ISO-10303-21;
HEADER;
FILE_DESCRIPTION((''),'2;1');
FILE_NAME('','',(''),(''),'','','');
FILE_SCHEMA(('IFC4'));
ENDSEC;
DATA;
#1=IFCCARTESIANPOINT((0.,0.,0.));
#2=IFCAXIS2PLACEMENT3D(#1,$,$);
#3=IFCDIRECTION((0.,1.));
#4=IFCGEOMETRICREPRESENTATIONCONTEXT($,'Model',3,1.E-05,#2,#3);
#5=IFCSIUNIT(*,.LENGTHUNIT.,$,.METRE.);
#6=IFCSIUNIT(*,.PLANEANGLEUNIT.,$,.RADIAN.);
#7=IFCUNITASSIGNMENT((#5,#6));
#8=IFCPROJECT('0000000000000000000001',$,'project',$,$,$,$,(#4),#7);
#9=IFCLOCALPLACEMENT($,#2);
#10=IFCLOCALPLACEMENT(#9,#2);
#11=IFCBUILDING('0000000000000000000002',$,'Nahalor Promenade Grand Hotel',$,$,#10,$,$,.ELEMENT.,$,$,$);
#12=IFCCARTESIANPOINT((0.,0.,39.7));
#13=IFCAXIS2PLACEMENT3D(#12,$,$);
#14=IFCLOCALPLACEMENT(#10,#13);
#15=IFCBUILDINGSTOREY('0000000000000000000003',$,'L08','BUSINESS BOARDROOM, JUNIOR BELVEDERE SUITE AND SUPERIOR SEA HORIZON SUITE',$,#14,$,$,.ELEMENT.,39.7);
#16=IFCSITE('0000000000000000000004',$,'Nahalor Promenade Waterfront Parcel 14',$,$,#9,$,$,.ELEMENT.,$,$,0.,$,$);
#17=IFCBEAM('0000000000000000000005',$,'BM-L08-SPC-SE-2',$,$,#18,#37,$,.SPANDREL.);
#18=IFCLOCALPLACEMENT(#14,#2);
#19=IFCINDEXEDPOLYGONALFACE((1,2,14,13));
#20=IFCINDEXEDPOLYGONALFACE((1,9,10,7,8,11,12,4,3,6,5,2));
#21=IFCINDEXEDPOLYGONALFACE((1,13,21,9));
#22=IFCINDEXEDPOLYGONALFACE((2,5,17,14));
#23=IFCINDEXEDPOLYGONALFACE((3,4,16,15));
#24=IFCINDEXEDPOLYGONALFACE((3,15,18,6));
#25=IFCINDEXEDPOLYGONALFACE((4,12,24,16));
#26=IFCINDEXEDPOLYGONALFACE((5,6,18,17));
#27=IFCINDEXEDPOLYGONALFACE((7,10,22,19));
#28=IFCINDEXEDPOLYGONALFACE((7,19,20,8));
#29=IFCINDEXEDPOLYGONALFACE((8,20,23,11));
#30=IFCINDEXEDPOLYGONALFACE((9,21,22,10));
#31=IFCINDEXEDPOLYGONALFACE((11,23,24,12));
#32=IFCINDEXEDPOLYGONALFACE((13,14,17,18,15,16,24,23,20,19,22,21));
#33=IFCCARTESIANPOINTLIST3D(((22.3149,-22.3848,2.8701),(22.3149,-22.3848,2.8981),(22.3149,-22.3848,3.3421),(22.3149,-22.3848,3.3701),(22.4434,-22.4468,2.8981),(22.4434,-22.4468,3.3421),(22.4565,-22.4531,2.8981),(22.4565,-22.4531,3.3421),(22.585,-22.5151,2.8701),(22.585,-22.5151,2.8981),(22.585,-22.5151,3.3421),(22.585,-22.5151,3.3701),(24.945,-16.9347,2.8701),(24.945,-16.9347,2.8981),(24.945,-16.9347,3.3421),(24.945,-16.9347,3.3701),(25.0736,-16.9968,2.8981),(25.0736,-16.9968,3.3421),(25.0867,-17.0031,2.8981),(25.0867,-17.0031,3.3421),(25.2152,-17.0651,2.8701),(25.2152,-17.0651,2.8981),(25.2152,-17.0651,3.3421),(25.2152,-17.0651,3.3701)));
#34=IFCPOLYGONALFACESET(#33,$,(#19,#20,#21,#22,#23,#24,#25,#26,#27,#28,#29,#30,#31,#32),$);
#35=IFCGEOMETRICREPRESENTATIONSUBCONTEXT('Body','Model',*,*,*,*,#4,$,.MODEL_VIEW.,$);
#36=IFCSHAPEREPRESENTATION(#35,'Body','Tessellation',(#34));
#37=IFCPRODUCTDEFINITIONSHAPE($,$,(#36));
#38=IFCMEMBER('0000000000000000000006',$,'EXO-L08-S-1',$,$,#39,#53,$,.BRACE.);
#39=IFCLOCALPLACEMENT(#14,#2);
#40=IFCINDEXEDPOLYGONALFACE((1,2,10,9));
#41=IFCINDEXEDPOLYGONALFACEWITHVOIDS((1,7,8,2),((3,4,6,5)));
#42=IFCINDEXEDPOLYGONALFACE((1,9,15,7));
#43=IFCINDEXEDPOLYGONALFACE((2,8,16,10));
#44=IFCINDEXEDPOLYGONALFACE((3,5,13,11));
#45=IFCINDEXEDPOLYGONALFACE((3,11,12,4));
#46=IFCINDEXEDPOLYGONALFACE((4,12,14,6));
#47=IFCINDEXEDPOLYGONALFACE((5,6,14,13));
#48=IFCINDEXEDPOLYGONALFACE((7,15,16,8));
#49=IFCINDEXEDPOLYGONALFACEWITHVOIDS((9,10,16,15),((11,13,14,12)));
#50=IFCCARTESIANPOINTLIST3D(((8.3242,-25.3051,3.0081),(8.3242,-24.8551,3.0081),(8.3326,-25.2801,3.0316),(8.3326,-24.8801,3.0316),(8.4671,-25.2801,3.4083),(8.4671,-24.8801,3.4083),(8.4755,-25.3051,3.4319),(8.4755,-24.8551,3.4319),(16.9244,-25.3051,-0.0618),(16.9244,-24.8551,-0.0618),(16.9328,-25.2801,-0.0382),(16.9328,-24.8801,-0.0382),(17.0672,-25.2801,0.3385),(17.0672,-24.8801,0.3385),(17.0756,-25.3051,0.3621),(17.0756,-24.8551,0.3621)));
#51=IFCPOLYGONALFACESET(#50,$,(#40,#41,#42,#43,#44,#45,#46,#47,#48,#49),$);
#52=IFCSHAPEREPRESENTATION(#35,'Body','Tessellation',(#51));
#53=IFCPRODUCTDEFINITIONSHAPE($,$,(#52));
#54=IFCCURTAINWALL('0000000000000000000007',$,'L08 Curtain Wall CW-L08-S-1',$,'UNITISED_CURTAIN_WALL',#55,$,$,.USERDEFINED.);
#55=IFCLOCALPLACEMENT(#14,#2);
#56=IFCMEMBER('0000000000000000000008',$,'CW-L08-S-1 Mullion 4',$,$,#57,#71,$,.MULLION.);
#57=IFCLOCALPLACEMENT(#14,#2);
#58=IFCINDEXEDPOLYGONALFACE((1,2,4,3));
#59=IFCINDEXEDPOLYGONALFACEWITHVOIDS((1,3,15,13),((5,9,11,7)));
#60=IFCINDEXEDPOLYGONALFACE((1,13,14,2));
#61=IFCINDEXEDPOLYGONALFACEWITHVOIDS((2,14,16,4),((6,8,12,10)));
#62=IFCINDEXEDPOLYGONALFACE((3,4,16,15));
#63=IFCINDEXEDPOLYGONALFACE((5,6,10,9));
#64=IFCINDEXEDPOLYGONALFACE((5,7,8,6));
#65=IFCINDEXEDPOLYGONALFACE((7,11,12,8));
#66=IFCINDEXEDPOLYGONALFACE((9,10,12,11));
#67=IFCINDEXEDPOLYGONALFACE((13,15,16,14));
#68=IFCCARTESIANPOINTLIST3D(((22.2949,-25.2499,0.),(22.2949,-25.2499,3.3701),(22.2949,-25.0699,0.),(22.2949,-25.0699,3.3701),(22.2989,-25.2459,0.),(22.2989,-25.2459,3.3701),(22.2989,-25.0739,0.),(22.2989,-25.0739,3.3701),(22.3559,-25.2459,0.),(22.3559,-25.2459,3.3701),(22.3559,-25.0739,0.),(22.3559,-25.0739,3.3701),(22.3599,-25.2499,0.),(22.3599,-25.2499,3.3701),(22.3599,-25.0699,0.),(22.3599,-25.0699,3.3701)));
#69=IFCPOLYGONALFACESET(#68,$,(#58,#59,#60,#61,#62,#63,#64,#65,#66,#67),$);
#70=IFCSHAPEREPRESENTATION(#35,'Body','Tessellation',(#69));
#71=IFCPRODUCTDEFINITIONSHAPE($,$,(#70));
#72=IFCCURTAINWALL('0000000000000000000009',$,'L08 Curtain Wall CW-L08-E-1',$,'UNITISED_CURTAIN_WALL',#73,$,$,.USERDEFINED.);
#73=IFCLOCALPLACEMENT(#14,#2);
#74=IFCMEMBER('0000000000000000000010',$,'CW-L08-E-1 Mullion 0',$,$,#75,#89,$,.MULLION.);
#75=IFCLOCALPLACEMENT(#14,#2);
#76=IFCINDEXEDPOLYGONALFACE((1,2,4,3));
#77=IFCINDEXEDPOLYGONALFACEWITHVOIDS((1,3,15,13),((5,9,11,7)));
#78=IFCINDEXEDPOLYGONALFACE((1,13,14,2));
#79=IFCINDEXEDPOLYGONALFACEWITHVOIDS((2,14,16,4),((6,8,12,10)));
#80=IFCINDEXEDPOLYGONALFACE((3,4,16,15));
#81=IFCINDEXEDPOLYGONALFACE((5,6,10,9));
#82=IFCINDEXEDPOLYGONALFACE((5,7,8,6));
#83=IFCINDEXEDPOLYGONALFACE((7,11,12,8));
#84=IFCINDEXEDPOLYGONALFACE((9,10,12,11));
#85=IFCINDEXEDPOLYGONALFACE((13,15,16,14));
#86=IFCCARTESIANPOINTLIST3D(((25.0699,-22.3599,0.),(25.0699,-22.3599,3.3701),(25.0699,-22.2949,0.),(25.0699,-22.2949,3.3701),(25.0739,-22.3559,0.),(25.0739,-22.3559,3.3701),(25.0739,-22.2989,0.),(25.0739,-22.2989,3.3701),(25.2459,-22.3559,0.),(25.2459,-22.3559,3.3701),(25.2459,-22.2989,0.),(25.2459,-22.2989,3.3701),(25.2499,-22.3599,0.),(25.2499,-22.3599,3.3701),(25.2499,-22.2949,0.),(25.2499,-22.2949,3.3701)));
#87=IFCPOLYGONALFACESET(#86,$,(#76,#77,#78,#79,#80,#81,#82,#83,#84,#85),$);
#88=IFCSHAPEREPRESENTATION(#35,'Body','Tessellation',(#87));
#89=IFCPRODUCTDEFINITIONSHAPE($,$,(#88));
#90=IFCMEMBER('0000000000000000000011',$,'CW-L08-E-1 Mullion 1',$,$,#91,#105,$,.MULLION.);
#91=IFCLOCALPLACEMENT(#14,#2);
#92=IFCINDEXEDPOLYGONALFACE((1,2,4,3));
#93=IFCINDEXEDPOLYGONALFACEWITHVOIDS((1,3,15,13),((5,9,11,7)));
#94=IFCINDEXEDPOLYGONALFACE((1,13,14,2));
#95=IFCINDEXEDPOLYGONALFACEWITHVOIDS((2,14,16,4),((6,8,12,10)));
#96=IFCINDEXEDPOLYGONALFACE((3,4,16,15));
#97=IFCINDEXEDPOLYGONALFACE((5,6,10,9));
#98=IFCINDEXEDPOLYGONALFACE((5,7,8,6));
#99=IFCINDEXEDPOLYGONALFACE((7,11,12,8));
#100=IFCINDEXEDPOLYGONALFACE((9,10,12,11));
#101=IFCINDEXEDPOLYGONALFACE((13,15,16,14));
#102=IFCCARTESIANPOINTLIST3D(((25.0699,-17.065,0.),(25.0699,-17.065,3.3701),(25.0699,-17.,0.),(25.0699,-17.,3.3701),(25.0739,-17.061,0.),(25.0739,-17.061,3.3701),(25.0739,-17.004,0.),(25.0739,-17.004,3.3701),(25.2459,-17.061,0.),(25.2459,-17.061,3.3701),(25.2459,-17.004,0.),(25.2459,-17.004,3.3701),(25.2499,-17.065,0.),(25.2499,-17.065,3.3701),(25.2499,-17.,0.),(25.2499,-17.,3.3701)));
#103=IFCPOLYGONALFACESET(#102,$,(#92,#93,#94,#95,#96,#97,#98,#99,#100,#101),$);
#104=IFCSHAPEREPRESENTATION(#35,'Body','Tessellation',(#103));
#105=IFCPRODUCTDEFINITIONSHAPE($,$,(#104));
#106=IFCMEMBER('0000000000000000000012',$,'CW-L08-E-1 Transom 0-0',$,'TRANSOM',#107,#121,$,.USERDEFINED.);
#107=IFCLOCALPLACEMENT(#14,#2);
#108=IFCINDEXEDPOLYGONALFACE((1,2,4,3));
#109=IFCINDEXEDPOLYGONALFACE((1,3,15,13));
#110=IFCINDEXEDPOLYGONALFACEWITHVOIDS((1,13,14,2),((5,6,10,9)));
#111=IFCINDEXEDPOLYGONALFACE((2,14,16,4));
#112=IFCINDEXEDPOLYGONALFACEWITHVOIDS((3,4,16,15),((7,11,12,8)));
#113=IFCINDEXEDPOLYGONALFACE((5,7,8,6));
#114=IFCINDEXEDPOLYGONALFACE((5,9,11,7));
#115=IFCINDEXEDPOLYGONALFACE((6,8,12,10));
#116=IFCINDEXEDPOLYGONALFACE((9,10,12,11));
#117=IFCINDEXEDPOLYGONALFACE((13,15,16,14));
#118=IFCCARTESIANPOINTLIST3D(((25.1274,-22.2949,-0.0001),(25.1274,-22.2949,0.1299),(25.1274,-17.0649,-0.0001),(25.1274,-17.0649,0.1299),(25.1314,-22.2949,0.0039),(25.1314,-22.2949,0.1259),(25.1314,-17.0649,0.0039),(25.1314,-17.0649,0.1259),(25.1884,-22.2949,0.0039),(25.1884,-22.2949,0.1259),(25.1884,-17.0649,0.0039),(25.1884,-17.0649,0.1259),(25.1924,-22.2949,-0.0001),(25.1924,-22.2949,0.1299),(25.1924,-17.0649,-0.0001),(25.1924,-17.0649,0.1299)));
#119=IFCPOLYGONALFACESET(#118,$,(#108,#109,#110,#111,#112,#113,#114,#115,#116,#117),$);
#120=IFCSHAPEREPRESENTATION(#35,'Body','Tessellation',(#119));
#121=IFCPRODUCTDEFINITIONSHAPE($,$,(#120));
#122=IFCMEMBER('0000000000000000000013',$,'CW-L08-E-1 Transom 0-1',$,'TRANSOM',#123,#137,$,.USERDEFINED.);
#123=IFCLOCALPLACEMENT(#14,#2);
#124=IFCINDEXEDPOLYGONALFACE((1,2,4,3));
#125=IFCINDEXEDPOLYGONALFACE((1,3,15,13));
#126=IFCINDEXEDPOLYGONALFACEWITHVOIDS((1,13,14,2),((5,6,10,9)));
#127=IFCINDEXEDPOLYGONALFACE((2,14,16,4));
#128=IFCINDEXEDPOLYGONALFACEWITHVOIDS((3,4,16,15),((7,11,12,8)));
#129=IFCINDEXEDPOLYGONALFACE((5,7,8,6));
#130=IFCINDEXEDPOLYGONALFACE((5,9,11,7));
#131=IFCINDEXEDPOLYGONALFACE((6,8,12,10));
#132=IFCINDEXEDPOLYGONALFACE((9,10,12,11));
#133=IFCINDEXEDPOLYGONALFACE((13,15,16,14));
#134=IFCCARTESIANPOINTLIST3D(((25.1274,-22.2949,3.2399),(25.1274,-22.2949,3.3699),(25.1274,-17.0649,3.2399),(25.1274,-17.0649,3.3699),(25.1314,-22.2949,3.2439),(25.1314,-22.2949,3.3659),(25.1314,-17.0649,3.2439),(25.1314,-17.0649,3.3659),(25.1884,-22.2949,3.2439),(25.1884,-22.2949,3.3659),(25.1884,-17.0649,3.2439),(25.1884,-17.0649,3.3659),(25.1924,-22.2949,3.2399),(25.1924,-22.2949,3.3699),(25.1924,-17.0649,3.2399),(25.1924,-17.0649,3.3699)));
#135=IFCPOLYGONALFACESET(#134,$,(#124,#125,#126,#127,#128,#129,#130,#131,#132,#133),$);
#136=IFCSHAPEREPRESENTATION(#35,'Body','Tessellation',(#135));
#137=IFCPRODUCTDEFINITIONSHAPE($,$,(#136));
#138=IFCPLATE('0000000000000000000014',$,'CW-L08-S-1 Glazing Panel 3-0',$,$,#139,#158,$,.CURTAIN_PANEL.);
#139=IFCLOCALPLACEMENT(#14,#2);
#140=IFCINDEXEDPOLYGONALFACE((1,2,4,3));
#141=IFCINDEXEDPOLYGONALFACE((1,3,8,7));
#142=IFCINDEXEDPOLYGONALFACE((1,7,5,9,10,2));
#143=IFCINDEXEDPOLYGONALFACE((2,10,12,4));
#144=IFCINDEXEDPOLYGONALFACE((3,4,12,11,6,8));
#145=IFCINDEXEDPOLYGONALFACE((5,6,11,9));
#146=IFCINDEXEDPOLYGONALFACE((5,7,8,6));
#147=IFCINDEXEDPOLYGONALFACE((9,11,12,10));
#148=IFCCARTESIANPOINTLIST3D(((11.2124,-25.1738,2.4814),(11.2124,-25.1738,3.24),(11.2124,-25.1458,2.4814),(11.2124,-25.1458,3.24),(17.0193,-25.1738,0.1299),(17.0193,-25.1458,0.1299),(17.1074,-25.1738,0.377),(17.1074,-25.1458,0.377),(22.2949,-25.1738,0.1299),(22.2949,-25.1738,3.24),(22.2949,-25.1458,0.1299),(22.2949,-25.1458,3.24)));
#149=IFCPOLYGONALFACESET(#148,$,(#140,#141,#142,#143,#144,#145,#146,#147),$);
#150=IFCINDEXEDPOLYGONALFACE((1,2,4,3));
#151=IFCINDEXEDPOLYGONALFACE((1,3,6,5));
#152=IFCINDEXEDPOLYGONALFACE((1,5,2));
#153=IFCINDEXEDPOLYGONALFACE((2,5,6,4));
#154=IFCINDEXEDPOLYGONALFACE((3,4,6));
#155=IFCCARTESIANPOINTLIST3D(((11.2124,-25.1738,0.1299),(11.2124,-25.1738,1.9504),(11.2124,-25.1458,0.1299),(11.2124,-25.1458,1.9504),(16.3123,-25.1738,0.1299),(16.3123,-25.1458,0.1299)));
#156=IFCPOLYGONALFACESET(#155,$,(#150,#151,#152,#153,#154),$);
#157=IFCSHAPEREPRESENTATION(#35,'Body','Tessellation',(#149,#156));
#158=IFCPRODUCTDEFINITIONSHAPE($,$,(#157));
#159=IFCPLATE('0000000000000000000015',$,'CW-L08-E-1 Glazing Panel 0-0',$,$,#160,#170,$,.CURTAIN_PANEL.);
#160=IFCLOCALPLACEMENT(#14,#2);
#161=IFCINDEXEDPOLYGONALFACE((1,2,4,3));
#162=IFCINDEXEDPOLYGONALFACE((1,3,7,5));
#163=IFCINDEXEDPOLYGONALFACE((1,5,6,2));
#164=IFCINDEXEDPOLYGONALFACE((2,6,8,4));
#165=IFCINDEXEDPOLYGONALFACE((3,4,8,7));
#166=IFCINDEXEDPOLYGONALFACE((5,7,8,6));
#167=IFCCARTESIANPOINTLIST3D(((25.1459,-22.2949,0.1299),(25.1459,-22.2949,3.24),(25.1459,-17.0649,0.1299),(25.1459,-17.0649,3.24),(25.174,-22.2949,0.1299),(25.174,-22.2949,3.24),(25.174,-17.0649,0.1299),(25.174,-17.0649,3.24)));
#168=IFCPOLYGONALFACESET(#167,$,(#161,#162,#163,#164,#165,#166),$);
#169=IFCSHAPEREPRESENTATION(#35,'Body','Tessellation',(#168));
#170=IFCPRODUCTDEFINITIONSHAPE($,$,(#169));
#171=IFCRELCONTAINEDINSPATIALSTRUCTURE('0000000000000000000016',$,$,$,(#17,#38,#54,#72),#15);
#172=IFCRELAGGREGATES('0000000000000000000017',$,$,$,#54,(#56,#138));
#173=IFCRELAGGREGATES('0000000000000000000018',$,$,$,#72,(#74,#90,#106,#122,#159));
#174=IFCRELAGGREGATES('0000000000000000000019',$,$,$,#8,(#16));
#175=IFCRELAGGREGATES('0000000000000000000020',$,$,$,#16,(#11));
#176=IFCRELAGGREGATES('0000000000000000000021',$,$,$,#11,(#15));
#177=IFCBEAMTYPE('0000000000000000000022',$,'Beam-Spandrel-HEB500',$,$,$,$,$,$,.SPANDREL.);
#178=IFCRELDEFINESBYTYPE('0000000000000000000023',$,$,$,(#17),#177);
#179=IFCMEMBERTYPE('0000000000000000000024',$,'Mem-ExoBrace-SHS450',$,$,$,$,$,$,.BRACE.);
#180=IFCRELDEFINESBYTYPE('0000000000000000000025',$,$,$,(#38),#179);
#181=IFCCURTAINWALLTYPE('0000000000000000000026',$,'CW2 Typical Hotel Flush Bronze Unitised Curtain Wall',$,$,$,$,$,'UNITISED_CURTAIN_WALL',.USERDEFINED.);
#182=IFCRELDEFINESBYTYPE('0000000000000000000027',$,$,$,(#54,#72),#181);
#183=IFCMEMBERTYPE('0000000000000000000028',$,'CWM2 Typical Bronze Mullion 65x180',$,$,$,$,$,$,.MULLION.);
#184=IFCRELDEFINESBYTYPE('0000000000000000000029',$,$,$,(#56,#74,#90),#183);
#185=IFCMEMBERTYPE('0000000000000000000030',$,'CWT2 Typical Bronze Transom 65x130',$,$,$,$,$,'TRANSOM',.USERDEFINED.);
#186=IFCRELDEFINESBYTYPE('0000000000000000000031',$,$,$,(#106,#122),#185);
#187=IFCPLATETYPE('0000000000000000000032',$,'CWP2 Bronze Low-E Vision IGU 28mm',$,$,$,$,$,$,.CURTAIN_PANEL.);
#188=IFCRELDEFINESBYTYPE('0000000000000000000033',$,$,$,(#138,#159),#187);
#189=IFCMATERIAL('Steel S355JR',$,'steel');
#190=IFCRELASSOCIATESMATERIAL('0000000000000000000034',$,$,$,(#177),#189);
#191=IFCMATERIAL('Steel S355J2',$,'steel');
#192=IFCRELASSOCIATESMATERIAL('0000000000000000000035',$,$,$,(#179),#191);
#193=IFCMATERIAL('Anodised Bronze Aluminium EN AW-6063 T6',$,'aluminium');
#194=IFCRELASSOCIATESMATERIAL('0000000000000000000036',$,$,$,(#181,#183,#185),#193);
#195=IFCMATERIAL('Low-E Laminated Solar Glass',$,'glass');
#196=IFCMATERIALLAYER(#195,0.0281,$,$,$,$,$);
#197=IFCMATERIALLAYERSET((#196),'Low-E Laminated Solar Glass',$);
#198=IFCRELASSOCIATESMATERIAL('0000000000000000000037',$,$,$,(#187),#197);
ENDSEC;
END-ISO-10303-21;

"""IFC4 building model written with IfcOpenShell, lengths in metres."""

from ifc_helpers import new_model, si_unit, direction, frame, origin, origin_2d, place, context, subcontext, project, spatial, polyline, rectangle, hollow_rectangle, i_section, outline, extrude, source, transform, mapped, material, layer, layer_set, material_profile, profile_set, type_object, element, aggregate, save


model = new_model("IFC4")

# Units and contexts
model_context = context("Model", 3, precision=1e-05, world=origin(), true_north=direction((0.0, 1.0)))
body_context = subcontext(model_context, "Body", "Model", "MODEL_VIEW")
ifc_project = project(units=[si_unit("LENGTHUNIT", "METRE"), si_unit("PLANEANGLEUNIT", "RADIAN")], contexts=[model_context])

# Site, building, storey
site_placement = place(None, origin())
site = spatial("IfcSite", under=ifc_project, at=site_placement, Name="Nahalor Promenade Waterfront Parcel 14", CompositionType="ELEMENT", RefElevation=0.0)
building_placement = place(site_placement, origin())
building = spatial("IfcBuilding", under=site, at=building_placement, Name="Nahalor Promenade Grand Hotel", CompositionType="ELEMENT")
storey_placement = place(building_placement, frame((0.0, 0.0, 39.7)))
storey = spatial("IfcBuildingStorey", under=building, at=storey_placement, Name="L08", Description="BUSINESS BOARDROOM, JUNIOR BELVEDERE SUITE AND SUPERIOR SEA HORIZON SUITE", CompositionType="ELEMENT", Elevation=39.7)

# Shared definitions
ifc_material_1 = material(Name="Steel S355J2", Category="steel")

# Beam
ifc_material_2 = material(Name="Steel S355JR", Category="steel")
ifc_material_profile_1 = material_profile(ifc_material_2, i_section(OverallWidth=0.3, OverallDepth=0.5, WebThickness=0.0145, FlangeThickness=0.028, at=origin_2d()), Name="HEB 500")
ifc_profile_set_1 = profile_set([ifc_material_profile_1], Name="Steel S355JR")
beam_type_1 = type_object("IfcBeamType", Name="Beam-Spandrel-HEB500", PredefinedType="SPANDREL", material=ifc_profile_set_1)
shared_shape_1 = source(origin(), body_context, "Body", "SweptSolid", [
    extrude(i_section(OverallWidth=0.3, OverallDepth=0.5, WebThickness=0.0145, FlangeThickness=0.028, at=origin_2d()), origin(), (0.0, 0.0, 1.0), 6.0515),
])
for number, where, z_axis, x_axis, name in (
    (1, (22.45, -22.45, 3.1201), (0.434631, 0.900609, 0.0), (-0.900609, 0.434631, 0.0), "BM-L08-SPC-SE-2"),
):
    element("IfcBeam", number, at=place(storey_placement, frame(where, z_axis=z_axis, x_axis=x_axis)), inside=storey, type_object=beam_type_1, Name=name, PredefinedType="SPANDREL", context=body_context, shape_type="MappedRepresentation", body=[
        mapped(shared_shape_1, transform((0.0, 0.0, 0.0), scale=1.0)),
    ])

# Member
ifc_material_profile_2 = material_profile(ifc_material_1, hollow_rectangle(XDim=0.45, YDim=0.45, WallThickness=0.025, at=origin_2d()), Name="SHS 450x450x25")
ifc_profile_set_2 = profile_set([ifc_material_profile_2], Name="Steel S355J2")
member_type_1 = type_object("IfcMemberType", Name="Mem-ExoBrace-SHS450", PredefinedType="BRACE", material=ifc_profile_set_2)
shared_shape_2 = source(origin(), body_context, "Body", "SweptSolid", [
    extrude(hollow_rectangle(XDim=0.45, YDim=0.45, WallThickness=0.025, at=origin_2d()), origin(), (0.0, 0.0, 1.0), 9.1316),
])
member_1_placement = place(storey_placement, frame((17.0, -25.0801, 0.1501), z_axis=(-0.941799, 0.0, 0.336177), x_axis=(0.0, -1.0, 0.0)))
element("IfcMember", 2, at=member_1_placement, inside=storey, type_object=member_type_1, Name="EXO-L08-S-1", PredefinedType="BRACE", context=body_context, shape_type="MappedRepresentation", body=[
    mapped(shared_shape_2, transform((0.0, 0.0, 0.0), scale=1.0)),
])

# Curtain wall, member
ifc_material_3 = material(Name="Anodised Bronze Aluminium EN AW-6063 T6", Category="aluminium")
curtain_wall_type = type_object("IfcCurtainWallType", Name="CW2 Typical Hotel Flush Bronze Unitised Curtain Wall", ElementType="UNITISED_CURTAIN_WALL", PredefinedType="USERDEFINED", material=ifc_material_3)
curtain_wall_1_placement = place(storey_placement, origin())
curtain_wall_1 = element("IfcCurtainWall", 3, at=curtain_wall_1_placement, inside=storey, type_object=curtain_wall_type, Name="L08 Curtain Wall CW-L08-S-1", ObjectType="UNITISED_CURTAIN_WALL", PredefinedType="USERDEFINED")
ifc_material_profile_3 = material_profile(ifc_material_3, hollow_rectangle(XDim=0.065, YDim=0.18, WallThickness=0.004, at=origin_2d()), Name="CWM 65x180x4")
ifc_profile_set_3 = profile_set([ifc_material_profile_3], Name="Anodised Bronze Aluminium EN AW-6063 T6")
member_type_2 = type_object("IfcMemberType", Name="CWM2 Typical Bronze Mullion 65x180", PredefinedType="MULLION", material=ifc_profile_set_3)
shared_shape_3 = source(origin(), body_context, "Body", "SweptSolid", [
    extrude(hollow_rectangle(XDim=0.065, YDim=0.18, WallThickness=0.004, at=origin_2d()), origin(), (0.0, 0.0, 1.0), 3.3701),
])
member_2_placement = place(storey_placement, frame((22.3274, -25.1599, 0.0), z_axis=(0.0, 0.0, 1.0), x_axis=(1.0, 0.0, 0.0)))
member_2 = element("IfcMember", 4, at=member_2_placement, type_object=member_type_2, Name="CW-L08-S-1 Mullion 4", PredefinedType="MULLION", context=body_context, shape_type="MappedRepresentation", body=[
    mapped(shared_shape_3, transform((0.0, 0.0, 0.0), scale=1.0)),
])

# Curtain wall, members
curtain_wall_2_placement = place(storey_placement, origin())
curtain_wall_2 = element("IfcCurtainWall", 5, at=curtain_wall_2_placement, inside=storey, type_object=curtain_wall_type, Name="L08 Curtain Wall CW-L08-E-1", ObjectType="UNITISED_CURTAIN_WALL", PredefinedType="USERDEFINED")
member_3_placement = place(storey_placement, frame((25.1599, -22.3274, 0.0), z_axis=(0.0, 0.0, 1.0), x_axis=(0.0, 1.0, 0.0)))
member_3 = element("IfcMember", 6, at=member_3_placement, type_object=member_type_2, Name="CW-L08-E-1 Mullion 0", PredefinedType="MULLION", context=body_context, shape_type="MappedRepresentation", body=[
    mapped(shared_shape_3, transform((0.0, 0.0, 0.0), scale=1.0)),
])
member_4_placement = place(storey_placement, frame((25.1599, -17.0325, 0.0), z_axis=(0.0, 0.0, 1.0), x_axis=(0.0, 1.0, 0.0)))
member_4 = element("IfcMember", 7, at=member_4_placement, type_object=member_type_2, Name="CW-L08-E-1 Mullion 1", PredefinedType="MULLION", context=body_context, shape_type="MappedRepresentation", body=[
    mapped(shared_shape_3, transform((0.0, 0.0, 0.0), scale=1.0)),
])
ifc_material_profile_4 = material_profile(ifc_material_3, hollow_rectangle(XDim=0.065, YDim=0.13, WallThickness=0.004, at=origin_2d()), Name="CWT 65x130x4")
ifc_profile_set_4 = profile_set([ifc_material_profile_4], Name="Anodised Bronze Aluminium EN AW-6063 T6")
member_type_3 = type_object("IfcMemberType", Name="CWT2 Typical Bronze Transom 65x130", ElementType="TRANSOM", PredefinedType="USERDEFINED", material=ifc_profile_set_4)
shared_shape_4 = source(origin(), body_context, "Body", "SweptSolid", [
    extrude(hollow_rectangle(XDim=0.065, YDim=0.13, WallThickness=0.004, at=origin_2d()), origin(), (0.0, 0.0, 1.0), 5.23),
])
member_5_placement = place(storey_placement, frame((25.1599, -22.2949, 0.0649), z_axis=(0.0, 1.0, 0.0), x_axis=(-1.0, 0.0, 0.0)))
member_5 = element("IfcMember", 8, at=member_5_placement, type_object=member_type_3, Name="CW-L08-E-1 Transom 0-0", ObjectType="TRANSOM", PredefinedType="USERDEFINED", context=body_context, shape_type="MappedRepresentation", body=[
    mapped(shared_shape_4, transform((0.0, 0.0, 0.0), scale=1.0)),
])
member_6_placement = place(storey_placement, frame((25.1599, -22.2949, 3.3049), z_axis=(0.0, 1.0, 0.0), x_axis=(-1.0, 0.0, 0.0)))
member_6 = element("IfcMember", 9, at=member_6_placement, type_object=member_type_3, Name="CW-L08-E-1 Transom 0-1", ObjectType="TRANSOM", PredefinedType="USERDEFINED", context=body_context, shape_type="MappedRepresentation", body=[
    mapped(shared_shape_4, transform((0.0, 0.0, 0.0), scale=1.0)),
])

# Plates
ifc_material_4 = material(Name="Low-E Laminated Solar Glass", Category="glass")
ifc_layer_1 = layer(ifc_material_4, 0.0281)
ifc_layer_set_1 = layer_set([ifc_layer_1], Name="Low-E Laminated Solar Glass")
plate_type = type_object("IfcPlateType", Name="CWP2 Bronze Low-E Vision IGU 28mm", PredefinedType="CURTAIN_PANEL", material=ifc_layer_set_1)
plate_1_placement = place(storey_placement, frame((16.7537, -25.1599, 0.1299), z_axis=(0.0, 0.0, 1.0), x_axis=(1.0, 0.0, 0.0)))
plate_1 = element("IfcPlate", 10, at=plate_1_placement, type_object=plate_type, Name="CW-L08-S-1 Glazing Panel 3-0", PredefinedType="CURTAIN_PANEL", context=body_context, shape_type="SweptSolid", body=[
    extrude(outline(polyline([(5.5413, 3.1101), (-5.5413, 3.1101), (-5.5413, 2.3516), (0.3538, 0.2471), (0.2656, 0.0), (5.5413, 0.0), (5.5413, 3.1101)])), frame((0.0, 0.0142, 0.0), z_axis=(0.0, -1.0, 0.0), x_axis=(1.0, 0.0, 0.0)), (0.0, 0.0, 1.0), 0.0281),
    extrude(outline(polyline([(-5.5413, 1.8206), (-5.5413, 0.0), (-0.4414, 0.0), (-5.5413, 1.8206)])), frame((0.0, 0.0142, 0.0), z_axis=(0.0, -1.0, 0.0), x_axis=(1.0, 0.0, 0.0)), (0.0, 0.0, 1.0), 0.0281),
])
aggregate(curtain_wall_1, [member_2, plate_1])
shared_shape_5 = source(origin(), body_context, "Body", "SweptSolid", [
    extrude(rectangle(XDim=5.23, YDim=0.0281, at=origin_2d()), origin(), (0.0, 0.0, 1.0), 3.1101),
])
plate_2_placement = place(storey_placement, frame((25.1599, -19.6799, 0.1299), z_axis=(0.0, 0.0, 1.0), x_axis=(0.0, 1.0, 0.0)))
plate_2 = element("IfcPlate", 11, at=plate_2_placement, type_object=plate_type, Name="CW-L08-E-1 Glazing Panel 0-0", PredefinedType="CURTAIN_PANEL", context=body_context, shape_type="MappedRepresentation", body=[
    mapped(shared_shape_5, transform((0.0, 0.0, 0.0), scale=1.0)),
])
aggregate(curtain_wall_2, [member_3, member_4, member_5, member_6, plate_2])

save(model, "model.ifc")
